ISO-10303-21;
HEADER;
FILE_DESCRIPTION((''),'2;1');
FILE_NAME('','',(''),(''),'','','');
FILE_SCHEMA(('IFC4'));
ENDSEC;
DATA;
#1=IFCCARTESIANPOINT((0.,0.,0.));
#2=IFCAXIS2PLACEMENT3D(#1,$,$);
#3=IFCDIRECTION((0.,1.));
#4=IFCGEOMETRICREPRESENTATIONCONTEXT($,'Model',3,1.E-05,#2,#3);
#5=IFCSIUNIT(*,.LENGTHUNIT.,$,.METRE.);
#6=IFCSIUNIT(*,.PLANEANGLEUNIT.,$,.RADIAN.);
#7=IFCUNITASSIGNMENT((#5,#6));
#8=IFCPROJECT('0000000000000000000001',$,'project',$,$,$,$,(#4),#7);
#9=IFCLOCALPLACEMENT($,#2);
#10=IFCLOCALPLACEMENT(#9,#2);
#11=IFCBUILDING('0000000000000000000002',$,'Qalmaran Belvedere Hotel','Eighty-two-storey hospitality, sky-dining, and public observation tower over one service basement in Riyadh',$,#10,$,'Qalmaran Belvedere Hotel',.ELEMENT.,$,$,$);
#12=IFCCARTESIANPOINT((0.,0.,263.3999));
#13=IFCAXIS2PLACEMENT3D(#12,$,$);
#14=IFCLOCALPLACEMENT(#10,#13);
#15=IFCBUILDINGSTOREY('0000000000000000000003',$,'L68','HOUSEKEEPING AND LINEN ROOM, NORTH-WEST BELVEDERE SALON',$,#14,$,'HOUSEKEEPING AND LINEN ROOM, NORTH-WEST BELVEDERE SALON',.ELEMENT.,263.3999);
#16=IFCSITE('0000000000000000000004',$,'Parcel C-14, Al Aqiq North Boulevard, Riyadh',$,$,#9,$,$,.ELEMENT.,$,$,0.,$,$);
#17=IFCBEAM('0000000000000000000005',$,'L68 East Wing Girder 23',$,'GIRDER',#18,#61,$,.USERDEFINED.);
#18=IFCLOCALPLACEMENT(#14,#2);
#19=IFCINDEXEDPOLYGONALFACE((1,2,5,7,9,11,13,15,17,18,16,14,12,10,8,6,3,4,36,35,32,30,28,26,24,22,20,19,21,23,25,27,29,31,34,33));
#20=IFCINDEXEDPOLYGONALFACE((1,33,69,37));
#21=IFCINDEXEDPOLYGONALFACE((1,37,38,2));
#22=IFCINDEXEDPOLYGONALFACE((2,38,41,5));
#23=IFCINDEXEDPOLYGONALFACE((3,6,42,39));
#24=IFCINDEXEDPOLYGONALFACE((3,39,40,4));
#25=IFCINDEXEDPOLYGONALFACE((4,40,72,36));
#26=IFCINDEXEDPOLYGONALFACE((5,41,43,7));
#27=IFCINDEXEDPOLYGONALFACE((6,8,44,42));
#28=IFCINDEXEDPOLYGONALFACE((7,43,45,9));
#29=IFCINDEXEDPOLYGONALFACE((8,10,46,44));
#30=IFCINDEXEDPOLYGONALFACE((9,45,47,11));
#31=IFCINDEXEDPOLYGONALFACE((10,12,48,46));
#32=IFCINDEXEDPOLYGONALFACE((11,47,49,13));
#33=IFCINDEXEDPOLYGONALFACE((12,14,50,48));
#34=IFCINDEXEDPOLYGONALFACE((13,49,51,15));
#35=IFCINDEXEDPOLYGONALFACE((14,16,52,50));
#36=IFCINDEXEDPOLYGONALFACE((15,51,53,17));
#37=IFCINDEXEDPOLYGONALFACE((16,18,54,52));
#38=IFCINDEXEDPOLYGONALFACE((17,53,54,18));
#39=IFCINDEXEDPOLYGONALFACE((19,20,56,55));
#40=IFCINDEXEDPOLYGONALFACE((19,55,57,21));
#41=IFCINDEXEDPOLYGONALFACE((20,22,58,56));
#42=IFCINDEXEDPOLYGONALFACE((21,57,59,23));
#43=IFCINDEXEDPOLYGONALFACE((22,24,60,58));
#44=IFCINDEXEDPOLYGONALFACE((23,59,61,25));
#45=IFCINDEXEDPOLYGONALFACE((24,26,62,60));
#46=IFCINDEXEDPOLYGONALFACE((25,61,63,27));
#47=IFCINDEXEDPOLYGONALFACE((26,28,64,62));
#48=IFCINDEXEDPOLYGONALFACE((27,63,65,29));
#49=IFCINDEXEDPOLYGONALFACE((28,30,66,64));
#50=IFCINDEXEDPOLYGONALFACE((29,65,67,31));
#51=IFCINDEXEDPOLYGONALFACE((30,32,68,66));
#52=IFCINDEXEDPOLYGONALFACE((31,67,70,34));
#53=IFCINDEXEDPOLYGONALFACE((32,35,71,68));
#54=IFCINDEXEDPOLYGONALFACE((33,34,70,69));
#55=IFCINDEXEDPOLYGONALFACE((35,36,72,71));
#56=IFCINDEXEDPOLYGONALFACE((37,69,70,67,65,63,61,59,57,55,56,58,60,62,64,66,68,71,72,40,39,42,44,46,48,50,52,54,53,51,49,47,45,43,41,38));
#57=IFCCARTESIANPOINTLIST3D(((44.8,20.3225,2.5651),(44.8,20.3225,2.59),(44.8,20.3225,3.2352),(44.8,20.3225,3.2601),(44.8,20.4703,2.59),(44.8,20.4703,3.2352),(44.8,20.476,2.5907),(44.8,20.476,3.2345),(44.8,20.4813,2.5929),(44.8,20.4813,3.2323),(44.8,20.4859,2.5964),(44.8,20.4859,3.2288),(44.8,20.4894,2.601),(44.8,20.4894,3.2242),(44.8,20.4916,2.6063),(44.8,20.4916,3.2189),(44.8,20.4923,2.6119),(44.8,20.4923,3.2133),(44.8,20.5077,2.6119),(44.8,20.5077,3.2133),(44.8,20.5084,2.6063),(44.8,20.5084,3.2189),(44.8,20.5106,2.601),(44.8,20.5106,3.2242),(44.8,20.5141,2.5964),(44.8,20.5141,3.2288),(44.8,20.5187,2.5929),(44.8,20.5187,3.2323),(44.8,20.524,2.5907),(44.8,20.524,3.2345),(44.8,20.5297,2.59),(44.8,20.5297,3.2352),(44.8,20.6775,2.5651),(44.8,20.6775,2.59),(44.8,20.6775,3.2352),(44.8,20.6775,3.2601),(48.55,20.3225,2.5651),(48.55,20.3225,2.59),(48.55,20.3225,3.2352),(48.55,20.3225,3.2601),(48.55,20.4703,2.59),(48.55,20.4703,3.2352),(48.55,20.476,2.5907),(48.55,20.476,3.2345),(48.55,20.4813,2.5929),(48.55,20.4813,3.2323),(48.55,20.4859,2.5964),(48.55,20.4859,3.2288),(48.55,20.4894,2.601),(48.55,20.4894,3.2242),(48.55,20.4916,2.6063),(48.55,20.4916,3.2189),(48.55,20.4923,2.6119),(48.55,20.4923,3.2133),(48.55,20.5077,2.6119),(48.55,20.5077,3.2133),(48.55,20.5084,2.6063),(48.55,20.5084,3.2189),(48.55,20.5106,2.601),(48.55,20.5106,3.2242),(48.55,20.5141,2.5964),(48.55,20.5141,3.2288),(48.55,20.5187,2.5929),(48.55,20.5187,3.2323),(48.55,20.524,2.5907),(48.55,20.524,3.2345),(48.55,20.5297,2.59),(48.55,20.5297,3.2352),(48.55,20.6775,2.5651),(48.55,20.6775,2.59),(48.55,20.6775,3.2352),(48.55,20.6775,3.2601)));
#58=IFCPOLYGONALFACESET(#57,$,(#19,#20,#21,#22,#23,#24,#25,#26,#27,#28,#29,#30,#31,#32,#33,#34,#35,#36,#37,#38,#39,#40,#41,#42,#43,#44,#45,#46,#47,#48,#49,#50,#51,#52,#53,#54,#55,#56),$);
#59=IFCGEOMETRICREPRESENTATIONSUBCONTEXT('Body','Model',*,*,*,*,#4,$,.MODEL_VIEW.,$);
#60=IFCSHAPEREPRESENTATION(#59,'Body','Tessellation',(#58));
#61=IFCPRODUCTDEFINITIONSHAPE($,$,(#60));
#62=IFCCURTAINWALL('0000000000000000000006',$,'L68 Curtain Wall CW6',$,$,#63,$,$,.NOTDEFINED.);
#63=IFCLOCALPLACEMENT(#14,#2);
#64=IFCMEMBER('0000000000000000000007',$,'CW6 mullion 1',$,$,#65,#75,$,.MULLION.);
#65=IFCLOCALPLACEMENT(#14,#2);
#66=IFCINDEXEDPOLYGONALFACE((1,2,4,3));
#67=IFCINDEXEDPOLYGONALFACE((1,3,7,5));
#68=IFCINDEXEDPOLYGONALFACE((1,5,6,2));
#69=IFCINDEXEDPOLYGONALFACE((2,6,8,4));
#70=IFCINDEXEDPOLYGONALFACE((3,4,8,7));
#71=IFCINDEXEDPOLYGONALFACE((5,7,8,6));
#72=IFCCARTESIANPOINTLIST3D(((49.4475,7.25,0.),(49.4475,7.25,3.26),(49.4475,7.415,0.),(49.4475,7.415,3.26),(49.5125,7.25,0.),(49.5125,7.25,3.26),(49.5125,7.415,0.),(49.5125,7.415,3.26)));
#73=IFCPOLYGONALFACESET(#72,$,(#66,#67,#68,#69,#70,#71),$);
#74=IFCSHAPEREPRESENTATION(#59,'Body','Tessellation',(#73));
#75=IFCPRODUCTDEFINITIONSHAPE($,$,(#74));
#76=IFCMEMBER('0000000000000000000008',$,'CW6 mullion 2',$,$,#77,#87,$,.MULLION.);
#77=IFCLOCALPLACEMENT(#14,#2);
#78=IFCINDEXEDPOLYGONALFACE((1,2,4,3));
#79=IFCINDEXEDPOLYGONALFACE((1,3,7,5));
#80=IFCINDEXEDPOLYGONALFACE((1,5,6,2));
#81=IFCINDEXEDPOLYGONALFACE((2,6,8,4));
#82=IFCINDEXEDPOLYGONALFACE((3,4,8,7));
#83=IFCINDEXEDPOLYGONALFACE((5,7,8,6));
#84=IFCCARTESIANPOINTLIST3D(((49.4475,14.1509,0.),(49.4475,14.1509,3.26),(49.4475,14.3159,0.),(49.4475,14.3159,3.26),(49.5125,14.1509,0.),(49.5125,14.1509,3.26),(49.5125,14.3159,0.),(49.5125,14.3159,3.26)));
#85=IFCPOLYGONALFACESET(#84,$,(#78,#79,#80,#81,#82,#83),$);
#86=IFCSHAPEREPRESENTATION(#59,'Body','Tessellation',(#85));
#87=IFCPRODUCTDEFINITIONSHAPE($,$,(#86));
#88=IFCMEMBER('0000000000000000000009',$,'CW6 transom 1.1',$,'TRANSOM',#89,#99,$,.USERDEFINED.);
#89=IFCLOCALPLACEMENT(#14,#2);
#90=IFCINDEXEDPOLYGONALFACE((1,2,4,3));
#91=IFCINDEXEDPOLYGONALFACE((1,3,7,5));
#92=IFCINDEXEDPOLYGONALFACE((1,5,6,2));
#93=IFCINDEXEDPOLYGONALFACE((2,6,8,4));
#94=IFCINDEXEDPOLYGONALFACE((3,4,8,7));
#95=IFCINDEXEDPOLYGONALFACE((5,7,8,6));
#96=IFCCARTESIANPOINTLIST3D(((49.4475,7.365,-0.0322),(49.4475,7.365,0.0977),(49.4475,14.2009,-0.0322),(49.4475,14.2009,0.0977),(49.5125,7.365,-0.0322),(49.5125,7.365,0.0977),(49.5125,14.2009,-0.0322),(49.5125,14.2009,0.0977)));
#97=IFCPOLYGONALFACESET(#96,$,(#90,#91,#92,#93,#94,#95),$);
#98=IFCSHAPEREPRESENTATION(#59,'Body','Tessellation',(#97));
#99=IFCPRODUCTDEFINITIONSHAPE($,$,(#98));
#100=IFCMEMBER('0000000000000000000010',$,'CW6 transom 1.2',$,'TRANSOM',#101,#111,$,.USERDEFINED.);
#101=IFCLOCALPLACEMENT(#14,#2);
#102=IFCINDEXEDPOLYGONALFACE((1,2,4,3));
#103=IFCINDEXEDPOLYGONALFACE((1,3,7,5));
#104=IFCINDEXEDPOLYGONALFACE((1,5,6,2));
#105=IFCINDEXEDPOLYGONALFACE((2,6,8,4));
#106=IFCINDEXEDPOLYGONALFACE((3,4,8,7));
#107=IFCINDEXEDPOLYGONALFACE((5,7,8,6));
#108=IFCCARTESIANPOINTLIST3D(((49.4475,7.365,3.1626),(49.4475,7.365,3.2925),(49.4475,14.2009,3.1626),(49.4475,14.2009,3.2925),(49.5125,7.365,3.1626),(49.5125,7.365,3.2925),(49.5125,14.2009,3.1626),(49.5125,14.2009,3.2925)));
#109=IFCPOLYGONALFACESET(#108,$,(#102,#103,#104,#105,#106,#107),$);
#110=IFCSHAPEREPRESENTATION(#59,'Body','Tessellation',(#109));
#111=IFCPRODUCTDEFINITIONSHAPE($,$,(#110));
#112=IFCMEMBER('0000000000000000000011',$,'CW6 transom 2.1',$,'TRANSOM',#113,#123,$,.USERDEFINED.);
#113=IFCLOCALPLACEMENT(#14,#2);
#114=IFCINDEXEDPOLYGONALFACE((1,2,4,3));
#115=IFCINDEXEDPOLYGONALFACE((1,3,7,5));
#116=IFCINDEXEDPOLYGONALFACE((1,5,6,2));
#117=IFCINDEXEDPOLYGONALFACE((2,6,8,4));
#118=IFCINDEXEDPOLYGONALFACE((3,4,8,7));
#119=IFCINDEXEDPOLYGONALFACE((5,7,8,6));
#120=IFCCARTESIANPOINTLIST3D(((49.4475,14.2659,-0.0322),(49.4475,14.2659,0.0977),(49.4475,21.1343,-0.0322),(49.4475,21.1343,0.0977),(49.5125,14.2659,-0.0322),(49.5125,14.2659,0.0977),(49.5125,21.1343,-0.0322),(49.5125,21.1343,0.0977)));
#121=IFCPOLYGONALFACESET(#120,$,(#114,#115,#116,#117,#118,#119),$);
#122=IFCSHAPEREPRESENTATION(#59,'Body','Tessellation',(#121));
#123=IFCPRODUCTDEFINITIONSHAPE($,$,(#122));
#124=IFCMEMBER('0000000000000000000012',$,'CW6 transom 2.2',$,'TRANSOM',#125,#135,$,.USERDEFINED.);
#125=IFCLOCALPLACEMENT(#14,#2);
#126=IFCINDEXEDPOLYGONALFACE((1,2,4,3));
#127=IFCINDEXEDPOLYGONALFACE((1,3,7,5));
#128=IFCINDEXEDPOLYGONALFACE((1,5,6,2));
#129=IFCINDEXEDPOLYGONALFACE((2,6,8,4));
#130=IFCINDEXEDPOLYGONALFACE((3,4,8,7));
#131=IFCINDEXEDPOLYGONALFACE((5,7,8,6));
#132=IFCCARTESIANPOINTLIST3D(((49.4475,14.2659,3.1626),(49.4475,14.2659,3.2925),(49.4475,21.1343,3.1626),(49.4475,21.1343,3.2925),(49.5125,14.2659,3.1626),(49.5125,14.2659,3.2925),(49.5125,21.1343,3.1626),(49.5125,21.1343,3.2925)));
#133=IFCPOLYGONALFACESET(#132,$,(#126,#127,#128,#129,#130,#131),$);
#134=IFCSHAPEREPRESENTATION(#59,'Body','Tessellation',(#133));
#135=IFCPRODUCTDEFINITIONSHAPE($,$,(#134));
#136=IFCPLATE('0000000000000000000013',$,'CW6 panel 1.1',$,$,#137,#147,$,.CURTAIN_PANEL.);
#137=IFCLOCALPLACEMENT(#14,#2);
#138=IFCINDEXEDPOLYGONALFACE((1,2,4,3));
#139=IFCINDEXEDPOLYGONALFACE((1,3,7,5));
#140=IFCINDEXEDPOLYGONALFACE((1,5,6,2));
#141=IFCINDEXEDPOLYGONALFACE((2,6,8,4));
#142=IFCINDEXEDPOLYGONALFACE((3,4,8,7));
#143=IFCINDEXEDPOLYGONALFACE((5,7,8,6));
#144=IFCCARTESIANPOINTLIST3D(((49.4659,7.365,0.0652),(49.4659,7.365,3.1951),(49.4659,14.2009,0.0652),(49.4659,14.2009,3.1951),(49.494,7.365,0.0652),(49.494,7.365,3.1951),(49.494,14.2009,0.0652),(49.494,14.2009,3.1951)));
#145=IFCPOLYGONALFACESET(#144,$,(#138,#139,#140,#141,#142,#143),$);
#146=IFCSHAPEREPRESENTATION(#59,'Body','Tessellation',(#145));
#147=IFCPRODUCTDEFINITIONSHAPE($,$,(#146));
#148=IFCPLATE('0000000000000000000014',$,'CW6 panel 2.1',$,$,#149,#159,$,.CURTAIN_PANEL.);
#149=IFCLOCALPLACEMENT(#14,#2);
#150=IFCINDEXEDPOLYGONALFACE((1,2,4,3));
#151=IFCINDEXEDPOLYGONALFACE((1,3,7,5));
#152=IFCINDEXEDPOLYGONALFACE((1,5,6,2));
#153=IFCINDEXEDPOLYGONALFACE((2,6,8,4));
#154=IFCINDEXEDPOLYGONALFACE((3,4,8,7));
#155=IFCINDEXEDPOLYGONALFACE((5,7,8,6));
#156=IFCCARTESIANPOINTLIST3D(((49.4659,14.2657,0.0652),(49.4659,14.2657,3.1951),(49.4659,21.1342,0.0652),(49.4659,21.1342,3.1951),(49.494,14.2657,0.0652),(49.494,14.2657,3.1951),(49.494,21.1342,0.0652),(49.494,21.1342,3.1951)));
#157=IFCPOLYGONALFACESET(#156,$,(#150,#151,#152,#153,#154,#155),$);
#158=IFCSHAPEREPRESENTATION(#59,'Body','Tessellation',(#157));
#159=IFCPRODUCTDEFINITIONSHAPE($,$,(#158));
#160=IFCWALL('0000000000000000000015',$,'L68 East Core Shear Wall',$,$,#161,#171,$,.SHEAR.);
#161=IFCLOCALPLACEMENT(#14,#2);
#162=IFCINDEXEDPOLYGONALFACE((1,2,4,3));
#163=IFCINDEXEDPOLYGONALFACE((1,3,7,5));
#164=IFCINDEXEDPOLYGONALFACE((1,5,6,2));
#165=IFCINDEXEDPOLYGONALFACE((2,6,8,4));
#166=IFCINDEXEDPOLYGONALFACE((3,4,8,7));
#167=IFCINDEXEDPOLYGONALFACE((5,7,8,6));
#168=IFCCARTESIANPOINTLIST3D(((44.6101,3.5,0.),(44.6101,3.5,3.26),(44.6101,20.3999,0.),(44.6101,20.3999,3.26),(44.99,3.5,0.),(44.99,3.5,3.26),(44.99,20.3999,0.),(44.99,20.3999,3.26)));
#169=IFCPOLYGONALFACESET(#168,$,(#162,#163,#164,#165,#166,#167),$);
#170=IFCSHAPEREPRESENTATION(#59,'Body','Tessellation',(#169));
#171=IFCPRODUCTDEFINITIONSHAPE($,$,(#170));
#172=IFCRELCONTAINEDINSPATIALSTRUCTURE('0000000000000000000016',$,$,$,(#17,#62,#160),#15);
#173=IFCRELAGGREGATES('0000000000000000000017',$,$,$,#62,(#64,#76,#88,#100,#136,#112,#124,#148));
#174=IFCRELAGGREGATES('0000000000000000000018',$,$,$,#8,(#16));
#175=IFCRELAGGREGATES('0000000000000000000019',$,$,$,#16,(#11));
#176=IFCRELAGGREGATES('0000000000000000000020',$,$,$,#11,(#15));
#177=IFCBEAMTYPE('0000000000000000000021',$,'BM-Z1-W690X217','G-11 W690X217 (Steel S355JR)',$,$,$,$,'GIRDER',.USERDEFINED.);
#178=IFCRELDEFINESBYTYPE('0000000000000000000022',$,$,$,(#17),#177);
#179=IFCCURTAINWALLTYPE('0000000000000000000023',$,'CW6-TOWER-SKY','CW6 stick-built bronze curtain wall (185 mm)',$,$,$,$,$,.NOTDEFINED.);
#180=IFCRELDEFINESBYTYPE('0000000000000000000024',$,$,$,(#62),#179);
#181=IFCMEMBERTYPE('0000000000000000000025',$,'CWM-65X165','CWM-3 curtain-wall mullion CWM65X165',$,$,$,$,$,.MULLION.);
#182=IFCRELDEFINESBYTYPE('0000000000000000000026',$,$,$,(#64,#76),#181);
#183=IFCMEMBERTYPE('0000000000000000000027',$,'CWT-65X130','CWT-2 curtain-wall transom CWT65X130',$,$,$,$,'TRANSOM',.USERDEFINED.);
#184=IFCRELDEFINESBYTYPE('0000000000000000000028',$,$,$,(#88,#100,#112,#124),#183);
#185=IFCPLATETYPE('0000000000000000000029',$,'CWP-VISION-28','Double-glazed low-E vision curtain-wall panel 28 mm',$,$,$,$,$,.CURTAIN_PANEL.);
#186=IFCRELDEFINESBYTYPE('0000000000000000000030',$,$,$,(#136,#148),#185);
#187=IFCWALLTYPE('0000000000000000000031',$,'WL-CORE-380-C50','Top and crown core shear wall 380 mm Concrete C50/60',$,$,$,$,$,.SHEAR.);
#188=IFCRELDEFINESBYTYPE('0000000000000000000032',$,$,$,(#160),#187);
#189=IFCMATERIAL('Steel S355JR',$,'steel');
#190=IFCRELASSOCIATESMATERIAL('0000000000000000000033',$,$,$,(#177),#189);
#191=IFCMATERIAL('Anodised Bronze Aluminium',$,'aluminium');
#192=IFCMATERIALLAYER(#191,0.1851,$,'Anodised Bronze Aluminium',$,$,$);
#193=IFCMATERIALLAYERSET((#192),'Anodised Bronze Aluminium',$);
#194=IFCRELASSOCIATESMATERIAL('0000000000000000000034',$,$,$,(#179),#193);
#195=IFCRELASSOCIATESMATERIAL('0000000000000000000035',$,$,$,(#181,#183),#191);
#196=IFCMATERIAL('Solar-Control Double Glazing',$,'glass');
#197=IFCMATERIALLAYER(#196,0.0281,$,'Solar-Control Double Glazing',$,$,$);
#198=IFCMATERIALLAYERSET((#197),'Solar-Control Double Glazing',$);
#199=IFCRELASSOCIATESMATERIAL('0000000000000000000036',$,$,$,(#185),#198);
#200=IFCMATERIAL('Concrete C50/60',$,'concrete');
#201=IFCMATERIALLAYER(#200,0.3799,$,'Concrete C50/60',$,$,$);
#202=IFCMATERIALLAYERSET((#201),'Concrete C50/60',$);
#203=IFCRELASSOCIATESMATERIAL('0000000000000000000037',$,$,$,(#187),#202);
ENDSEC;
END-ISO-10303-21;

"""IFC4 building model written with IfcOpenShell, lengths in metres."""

from ifc_helpers import new_model, si_unit, direction, frame, frame_2d, origin, origin_2d, place, context, subcontext, project, spatial, rectangle, i_section, extrude, material, layer, layer_set, material_profile, profile_set, type_object, element, aggregate, save


model = new_model("IFC4")

# Units and contexts
model_context = context("Model", 3, precision=1e-05, world=origin(), true_north=direction((0.0, 1.0)))
body_context = subcontext(model_context, "Body", "Model", "MODEL_VIEW")
ifc_project = project(units=[si_unit("LENGTHUNIT", "METRE"), si_unit("PLANEANGLEUNIT", "RADIAN")], contexts=[model_context])

# Site, building, storey
site_placement = place(None, origin())
site = spatial("IfcSite", under=ifc_project, at=site_placement, Name="Parcel C-14, Al Aqiq North Boulevard, Riyadh", CompositionType="ELEMENT", RefElevation=0.0)
building_placement = place(site_placement, origin())
building = spatial("IfcBuilding", under=site, at=building_placement, Name="Qalmaran Belvedere Hotel", Description="Eighty-two-storey hospitality, sky-dining, and public observation tower over one service basement in Riyadh", LongName="Qalmaran Belvedere Hotel", CompositionType="ELEMENT")
storey_placement = place(building_placement, frame((0.0, 0.0, 263.3999)))
storey = spatial("IfcBuildingStorey", under=building, at=storey_placement, Name="L68", Description="HOUSEKEEPING AND LINEN ROOM, NORTH-WEST BELVEDERE SALON", LongName="HOUSEKEEPING AND LINEN ROOM, NORTH-WEST BELVEDERE SALON", CompositionType="ELEMENT", Elevation=263.3999)

# Shared definitions
ifc_material_1 = material(Name="Concrete C50/60", Category="concrete")

# Beam
ifc_material_2 = material(Name="Steel S355JR", Category="steel")
ifc_material_profile_1 = material_profile(ifc_material_2, i_section(OverallWidth=0.355, OverallDepth=0.6951, WebThickness=0.0154, FlangeThickness=0.0249, FilletRadius=0.022, at=origin_2d()), Name="W690X217")
ifc_profile_set_1 = profile_set([ifc_material_profile_1], Name="Steel S355JR")
beam_type_1 = type_object("IfcBeamType", Name="BM-Z1-W690X217", Description="G-11 W690X217 (Steel S355JR)", ElementType="GIRDER", PredefinedType="USERDEFINED", material=ifc_profile_set_1)
for number, where, z_axis, x_axis, name in (
    (1, (44.8, 20.5, 2.9126), (1.0, 0.0, 0.0), (0.0, 1.0, 0.0), "L68 East Wing Girder 23"),
):
    element("IfcBeam", number, at=place(storey_placement, frame(where, z_axis=z_axis, x_axis=x_axis)), inside=storey, type_object=beam_type_1, Name=name, ObjectType="GIRDER", PredefinedType="USERDEFINED", context=body_context, shape_type="SweptSolid", body=[
        extrude(i_section(OverallWidth=0.355, OverallDepth=0.6951, WebThickness=0.0154, FlangeThickness=0.0249, FilletRadius=0.022, at=origin_2d()), origin(), (0.0, 0.0, 1.0), 3.75),
    ])

# Curtain wall, members, plates
ifc_material_3 = material(Name="Anodised Bronze Aluminium", Category="aluminium")
ifc_layer_1 = layer(ifc_material_3, 0.1851, Name="Anodised Bronze Aluminium")
ifc_layer_set_1 = layer_set([ifc_layer_1], Name="Anodised Bronze Aluminium")
curtain_wall_type = type_object("IfcCurtainWallType", Name="CW6-TOWER-SKY", Description="CW6 stick-built bronze curtain wall (185 mm)", PredefinedType="NOTDEFINED", material=ifc_layer_set_1)
curtain_wall_placement = place(storey_placement, origin())
curtain_wall = element("IfcCurtainWall", 2, at=curtain_wall_placement, inside=storey, type_object=curtain_wall_type, Name="L68 Curtain Wall CW6", PredefinedType="NOTDEFINED")
ifc_material_profile_2 = material_profile(ifc_material_3, rectangle(XDim=0.0649, YDim=0.165, at=origin_2d()), Name="CWM65X165")
ifc_profile_set_2 = profile_set([ifc_material_profile_2], Name="Anodised Bronze Aluminium")
member_type_1 = type_object("IfcMemberType", Name="CWM-65X165", Description="CWM-3 curtain-wall mullion CWM65X165", PredefinedType="MULLION", material=ifc_profile_set_2)
member_1_placement = place(storey_placement, frame((49.48, 7.3325, 0.0), z_axis=(0.0, 0.0, 1.0), x_axis=(-1.0, 0.0, 0.0)))
member_1 = element("IfcMember", 3, at=member_1_placement, type_object=member_type_1, Name="CW6 mullion 1", PredefinedType="MULLION", context=body_context, shape_type="SweptSolid", body=[
    extrude(rectangle(XDim=0.0649, YDim=0.165, at=origin_2d()), origin(), (0.0, 0.0, 1.0), 3.26),
])
member_2_placement = place(storey_placement, frame((49.48, 14.2334, 0.0), z_axis=(0.0, 0.0, 1.0), x_axis=(-1.0, 0.0, 0.0)))
member_2 = element("IfcMember", 4, at=member_2_placement, type_object=member_type_1, Name="CW6 mullion 2", PredefinedType="MULLION", context=body_context, shape_type="SweptSolid", body=[
    extrude(rectangle(XDim=0.0649, YDim=0.165, at=origin_2d()), origin(), (0.0, 0.0, 1.0), 3.26),
])
ifc_material_profile_3 = material_profile(ifc_material_3, rectangle(XDim=0.0649, YDim=0.1299, at=origin_2d()), Name="CWT65X130")
ifc_profile_set_3 = profile_set([ifc_material_profile_3], Name="Anodised Bronze Aluminium")
member_type_2 = type_object("IfcMemberType", Name="CWT-65X130", Description="CWT-2 curtain-wall transom CWT65X130", ElementType="TRANSOM", PredefinedType="USERDEFINED", material=ifc_profile_set_3)
member_3_placement = place(storey_placement, frame((49.48, 7.365, 0.0327), z_axis=(0.0, 1.0, 0.0), x_axis=(-1.0, 0.0, 0.0)))
member_3 = element("IfcMember", 5, at=member_3_placement, type_object=member_type_2, Name="CW6 transom 1.1", ObjectType="TRANSOM", PredefinedType="USERDEFINED", context=body_context, shape_type="SweptSolid", body=[
    extrude(rectangle(XDim=0.0649, YDim=0.1299, at=origin_2d()), origin(), (0.0, 0.0, 1.0), 6.8359),
])
member_4_placement = place(storey_placement, frame((49.48, 7.365, 3.2275), z_axis=(0.0, 1.0, 0.0), x_axis=(-1.0, 0.0, 0.0)))
member_4 = element("IfcMember", 6, at=member_4_placement, type_object=member_type_2, Name="CW6 transom 1.2", ObjectType="TRANSOM", PredefinedType="USERDEFINED", context=body_context, shape_type="SweptSolid", body=[
    extrude(rectangle(XDim=0.0649, YDim=0.1299, at=origin_2d()), origin(), (0.0, 0.0, 1.0), 6.8359),
])
member_5_placement = place(storey_placement, frame((49.48, 14.2659, 0.0327), z_axis=(0.0, 1.0, 0.0), x_axis=(-1.0, 0.0, 0.0)))
member_5 = element("IfcMember", 7, at=member_5_placement, type_object=member_type_2, Name="CW6 transom 2.1", ObjectType="TRANSOM", PredefinedType="USERDEFINED", context=body_context, shape_type="SweptSolid", body=[
    extrude(rectangle(XDim=0.0649, YDim=0.1299, at=origin_2d()), origin(), (0.0, 0.0, 1.0), 6.8684),
])
member_6_placement = place(storey_placement, frame((49.48, 14.2659, 3.2275), z_axis=(0.0, 1.0, 0.0), x_axis=(-1.0, 0.0, 0.0)))
member_6 = element("IfcMember", 8, at=member_6_placement, type_object=member_type_2, Name="CW6 transom 2.2", ObjectType="TRANSOM", PredefinedType="USERDEFINED", context=body_context, shape_type="SweptSolid", body=[
    extrude(rectangle(XDim=0.0649, YDim=0.1299, at=origin_2d()), origin(), (0.0, 0.0, 1.0), 6.8684),
])
ifc_material_4 = material(Name="Solar-Control Double Glazing", Category="glass")
ifc_layer_2 = layer(ifc_material_4, 0.0281, Name="Solar-Control Double Glazing")
ifc_layer_set_2 = layer_set([ifc_layer_2], Name="Solar-Control Double Glazing")
plate_type = type_object("IfcPlateType", Name="CWP-VISION-28", Description="Double-glazed low-E vision curtain-wall panel 28 mm", PredefinedType="CURTAIN_PANEL", material=ifc_layer_set_2)
plate_1_placement = place(storey_placement, frame((49.48, 10.783, 0.0652), z_axis=(0.0, 0.0, 1.0), x_axis=(0.0, 1.0, 0.0)))
plate_1 = element("IfcPlate", 9, at=plate_1_placement, type_object=plate_type, Name="CW6 panel 1.1", PredefinedType="CURTAIN_PANEL", context=body_context, shape_type="SweptSolid", body=[
    extrude(rectangle(XDim=6.8359, YDim=0.0281, at=origin_2d()), origin(), (0.0, 0.0, 1.0), 3.1299),
])
plate_2_placement = place(storey_placement, frame((49.48, 17.7, 0.0652), z_axis=(0.0, 0.0, 1.0), x_axis=(0.0, 1.0, 0.0)))
plate_2 = element("IfcPlate", 10, at=plate_2_placement, type_object=plate_type, Name="CW6 panel 2.1", PredefinedType="CURTAIN_PANEL", context=body_context, shape_type="SweptSolid", body=[
    extrude(rectangle(XDim=6.8684, YDim=0.0281, at=origin_2d()), origin(), (0.0, 0.0, 1.0), 3.1299),
])
aggregate(curtain_wall, [member_1, member_2, member_3, member_4, plate_1, member_5, member_6, plate_2])

# Wall
ifc_layer_3 = layer(ifc_material_1, 0.3799, Name="Concrete C50/60")
ifc_layer_set_3 = layer_set([ifc_layer_3], Name="Concrete C50/60")
wall_type_1 = type_object("IfcWallType", Name="WL-CORE-380-C50", Description="Top and crown core shear wall 380 mm Concrete C50/60", PredefinedType="SHEAR", material=ifc_layer_set_3)
wall_1_placement = place(storey_placement, frame((44.8, 3.5, 0.0), z_axis=(0.0, 0.0, 1.0), x_axis=(0.0, 1.0, 0.0)))
element("IfcWall", 11, at=wall_1_placement, inside=storey, type_object=wall_type_1, Name="L68 East Core Shear Wall", PredefinedType="SHEAR", context=body_context, shape_type="SweptSolid", body=[
    extrude(rectangle(XDim=16.8999, YDim=0.3799, at=frame_2d((8.45, 0.0))), origin(), (0.0, 0.0, 1.0), 3.26),
])

save(model, "model.ifc")
